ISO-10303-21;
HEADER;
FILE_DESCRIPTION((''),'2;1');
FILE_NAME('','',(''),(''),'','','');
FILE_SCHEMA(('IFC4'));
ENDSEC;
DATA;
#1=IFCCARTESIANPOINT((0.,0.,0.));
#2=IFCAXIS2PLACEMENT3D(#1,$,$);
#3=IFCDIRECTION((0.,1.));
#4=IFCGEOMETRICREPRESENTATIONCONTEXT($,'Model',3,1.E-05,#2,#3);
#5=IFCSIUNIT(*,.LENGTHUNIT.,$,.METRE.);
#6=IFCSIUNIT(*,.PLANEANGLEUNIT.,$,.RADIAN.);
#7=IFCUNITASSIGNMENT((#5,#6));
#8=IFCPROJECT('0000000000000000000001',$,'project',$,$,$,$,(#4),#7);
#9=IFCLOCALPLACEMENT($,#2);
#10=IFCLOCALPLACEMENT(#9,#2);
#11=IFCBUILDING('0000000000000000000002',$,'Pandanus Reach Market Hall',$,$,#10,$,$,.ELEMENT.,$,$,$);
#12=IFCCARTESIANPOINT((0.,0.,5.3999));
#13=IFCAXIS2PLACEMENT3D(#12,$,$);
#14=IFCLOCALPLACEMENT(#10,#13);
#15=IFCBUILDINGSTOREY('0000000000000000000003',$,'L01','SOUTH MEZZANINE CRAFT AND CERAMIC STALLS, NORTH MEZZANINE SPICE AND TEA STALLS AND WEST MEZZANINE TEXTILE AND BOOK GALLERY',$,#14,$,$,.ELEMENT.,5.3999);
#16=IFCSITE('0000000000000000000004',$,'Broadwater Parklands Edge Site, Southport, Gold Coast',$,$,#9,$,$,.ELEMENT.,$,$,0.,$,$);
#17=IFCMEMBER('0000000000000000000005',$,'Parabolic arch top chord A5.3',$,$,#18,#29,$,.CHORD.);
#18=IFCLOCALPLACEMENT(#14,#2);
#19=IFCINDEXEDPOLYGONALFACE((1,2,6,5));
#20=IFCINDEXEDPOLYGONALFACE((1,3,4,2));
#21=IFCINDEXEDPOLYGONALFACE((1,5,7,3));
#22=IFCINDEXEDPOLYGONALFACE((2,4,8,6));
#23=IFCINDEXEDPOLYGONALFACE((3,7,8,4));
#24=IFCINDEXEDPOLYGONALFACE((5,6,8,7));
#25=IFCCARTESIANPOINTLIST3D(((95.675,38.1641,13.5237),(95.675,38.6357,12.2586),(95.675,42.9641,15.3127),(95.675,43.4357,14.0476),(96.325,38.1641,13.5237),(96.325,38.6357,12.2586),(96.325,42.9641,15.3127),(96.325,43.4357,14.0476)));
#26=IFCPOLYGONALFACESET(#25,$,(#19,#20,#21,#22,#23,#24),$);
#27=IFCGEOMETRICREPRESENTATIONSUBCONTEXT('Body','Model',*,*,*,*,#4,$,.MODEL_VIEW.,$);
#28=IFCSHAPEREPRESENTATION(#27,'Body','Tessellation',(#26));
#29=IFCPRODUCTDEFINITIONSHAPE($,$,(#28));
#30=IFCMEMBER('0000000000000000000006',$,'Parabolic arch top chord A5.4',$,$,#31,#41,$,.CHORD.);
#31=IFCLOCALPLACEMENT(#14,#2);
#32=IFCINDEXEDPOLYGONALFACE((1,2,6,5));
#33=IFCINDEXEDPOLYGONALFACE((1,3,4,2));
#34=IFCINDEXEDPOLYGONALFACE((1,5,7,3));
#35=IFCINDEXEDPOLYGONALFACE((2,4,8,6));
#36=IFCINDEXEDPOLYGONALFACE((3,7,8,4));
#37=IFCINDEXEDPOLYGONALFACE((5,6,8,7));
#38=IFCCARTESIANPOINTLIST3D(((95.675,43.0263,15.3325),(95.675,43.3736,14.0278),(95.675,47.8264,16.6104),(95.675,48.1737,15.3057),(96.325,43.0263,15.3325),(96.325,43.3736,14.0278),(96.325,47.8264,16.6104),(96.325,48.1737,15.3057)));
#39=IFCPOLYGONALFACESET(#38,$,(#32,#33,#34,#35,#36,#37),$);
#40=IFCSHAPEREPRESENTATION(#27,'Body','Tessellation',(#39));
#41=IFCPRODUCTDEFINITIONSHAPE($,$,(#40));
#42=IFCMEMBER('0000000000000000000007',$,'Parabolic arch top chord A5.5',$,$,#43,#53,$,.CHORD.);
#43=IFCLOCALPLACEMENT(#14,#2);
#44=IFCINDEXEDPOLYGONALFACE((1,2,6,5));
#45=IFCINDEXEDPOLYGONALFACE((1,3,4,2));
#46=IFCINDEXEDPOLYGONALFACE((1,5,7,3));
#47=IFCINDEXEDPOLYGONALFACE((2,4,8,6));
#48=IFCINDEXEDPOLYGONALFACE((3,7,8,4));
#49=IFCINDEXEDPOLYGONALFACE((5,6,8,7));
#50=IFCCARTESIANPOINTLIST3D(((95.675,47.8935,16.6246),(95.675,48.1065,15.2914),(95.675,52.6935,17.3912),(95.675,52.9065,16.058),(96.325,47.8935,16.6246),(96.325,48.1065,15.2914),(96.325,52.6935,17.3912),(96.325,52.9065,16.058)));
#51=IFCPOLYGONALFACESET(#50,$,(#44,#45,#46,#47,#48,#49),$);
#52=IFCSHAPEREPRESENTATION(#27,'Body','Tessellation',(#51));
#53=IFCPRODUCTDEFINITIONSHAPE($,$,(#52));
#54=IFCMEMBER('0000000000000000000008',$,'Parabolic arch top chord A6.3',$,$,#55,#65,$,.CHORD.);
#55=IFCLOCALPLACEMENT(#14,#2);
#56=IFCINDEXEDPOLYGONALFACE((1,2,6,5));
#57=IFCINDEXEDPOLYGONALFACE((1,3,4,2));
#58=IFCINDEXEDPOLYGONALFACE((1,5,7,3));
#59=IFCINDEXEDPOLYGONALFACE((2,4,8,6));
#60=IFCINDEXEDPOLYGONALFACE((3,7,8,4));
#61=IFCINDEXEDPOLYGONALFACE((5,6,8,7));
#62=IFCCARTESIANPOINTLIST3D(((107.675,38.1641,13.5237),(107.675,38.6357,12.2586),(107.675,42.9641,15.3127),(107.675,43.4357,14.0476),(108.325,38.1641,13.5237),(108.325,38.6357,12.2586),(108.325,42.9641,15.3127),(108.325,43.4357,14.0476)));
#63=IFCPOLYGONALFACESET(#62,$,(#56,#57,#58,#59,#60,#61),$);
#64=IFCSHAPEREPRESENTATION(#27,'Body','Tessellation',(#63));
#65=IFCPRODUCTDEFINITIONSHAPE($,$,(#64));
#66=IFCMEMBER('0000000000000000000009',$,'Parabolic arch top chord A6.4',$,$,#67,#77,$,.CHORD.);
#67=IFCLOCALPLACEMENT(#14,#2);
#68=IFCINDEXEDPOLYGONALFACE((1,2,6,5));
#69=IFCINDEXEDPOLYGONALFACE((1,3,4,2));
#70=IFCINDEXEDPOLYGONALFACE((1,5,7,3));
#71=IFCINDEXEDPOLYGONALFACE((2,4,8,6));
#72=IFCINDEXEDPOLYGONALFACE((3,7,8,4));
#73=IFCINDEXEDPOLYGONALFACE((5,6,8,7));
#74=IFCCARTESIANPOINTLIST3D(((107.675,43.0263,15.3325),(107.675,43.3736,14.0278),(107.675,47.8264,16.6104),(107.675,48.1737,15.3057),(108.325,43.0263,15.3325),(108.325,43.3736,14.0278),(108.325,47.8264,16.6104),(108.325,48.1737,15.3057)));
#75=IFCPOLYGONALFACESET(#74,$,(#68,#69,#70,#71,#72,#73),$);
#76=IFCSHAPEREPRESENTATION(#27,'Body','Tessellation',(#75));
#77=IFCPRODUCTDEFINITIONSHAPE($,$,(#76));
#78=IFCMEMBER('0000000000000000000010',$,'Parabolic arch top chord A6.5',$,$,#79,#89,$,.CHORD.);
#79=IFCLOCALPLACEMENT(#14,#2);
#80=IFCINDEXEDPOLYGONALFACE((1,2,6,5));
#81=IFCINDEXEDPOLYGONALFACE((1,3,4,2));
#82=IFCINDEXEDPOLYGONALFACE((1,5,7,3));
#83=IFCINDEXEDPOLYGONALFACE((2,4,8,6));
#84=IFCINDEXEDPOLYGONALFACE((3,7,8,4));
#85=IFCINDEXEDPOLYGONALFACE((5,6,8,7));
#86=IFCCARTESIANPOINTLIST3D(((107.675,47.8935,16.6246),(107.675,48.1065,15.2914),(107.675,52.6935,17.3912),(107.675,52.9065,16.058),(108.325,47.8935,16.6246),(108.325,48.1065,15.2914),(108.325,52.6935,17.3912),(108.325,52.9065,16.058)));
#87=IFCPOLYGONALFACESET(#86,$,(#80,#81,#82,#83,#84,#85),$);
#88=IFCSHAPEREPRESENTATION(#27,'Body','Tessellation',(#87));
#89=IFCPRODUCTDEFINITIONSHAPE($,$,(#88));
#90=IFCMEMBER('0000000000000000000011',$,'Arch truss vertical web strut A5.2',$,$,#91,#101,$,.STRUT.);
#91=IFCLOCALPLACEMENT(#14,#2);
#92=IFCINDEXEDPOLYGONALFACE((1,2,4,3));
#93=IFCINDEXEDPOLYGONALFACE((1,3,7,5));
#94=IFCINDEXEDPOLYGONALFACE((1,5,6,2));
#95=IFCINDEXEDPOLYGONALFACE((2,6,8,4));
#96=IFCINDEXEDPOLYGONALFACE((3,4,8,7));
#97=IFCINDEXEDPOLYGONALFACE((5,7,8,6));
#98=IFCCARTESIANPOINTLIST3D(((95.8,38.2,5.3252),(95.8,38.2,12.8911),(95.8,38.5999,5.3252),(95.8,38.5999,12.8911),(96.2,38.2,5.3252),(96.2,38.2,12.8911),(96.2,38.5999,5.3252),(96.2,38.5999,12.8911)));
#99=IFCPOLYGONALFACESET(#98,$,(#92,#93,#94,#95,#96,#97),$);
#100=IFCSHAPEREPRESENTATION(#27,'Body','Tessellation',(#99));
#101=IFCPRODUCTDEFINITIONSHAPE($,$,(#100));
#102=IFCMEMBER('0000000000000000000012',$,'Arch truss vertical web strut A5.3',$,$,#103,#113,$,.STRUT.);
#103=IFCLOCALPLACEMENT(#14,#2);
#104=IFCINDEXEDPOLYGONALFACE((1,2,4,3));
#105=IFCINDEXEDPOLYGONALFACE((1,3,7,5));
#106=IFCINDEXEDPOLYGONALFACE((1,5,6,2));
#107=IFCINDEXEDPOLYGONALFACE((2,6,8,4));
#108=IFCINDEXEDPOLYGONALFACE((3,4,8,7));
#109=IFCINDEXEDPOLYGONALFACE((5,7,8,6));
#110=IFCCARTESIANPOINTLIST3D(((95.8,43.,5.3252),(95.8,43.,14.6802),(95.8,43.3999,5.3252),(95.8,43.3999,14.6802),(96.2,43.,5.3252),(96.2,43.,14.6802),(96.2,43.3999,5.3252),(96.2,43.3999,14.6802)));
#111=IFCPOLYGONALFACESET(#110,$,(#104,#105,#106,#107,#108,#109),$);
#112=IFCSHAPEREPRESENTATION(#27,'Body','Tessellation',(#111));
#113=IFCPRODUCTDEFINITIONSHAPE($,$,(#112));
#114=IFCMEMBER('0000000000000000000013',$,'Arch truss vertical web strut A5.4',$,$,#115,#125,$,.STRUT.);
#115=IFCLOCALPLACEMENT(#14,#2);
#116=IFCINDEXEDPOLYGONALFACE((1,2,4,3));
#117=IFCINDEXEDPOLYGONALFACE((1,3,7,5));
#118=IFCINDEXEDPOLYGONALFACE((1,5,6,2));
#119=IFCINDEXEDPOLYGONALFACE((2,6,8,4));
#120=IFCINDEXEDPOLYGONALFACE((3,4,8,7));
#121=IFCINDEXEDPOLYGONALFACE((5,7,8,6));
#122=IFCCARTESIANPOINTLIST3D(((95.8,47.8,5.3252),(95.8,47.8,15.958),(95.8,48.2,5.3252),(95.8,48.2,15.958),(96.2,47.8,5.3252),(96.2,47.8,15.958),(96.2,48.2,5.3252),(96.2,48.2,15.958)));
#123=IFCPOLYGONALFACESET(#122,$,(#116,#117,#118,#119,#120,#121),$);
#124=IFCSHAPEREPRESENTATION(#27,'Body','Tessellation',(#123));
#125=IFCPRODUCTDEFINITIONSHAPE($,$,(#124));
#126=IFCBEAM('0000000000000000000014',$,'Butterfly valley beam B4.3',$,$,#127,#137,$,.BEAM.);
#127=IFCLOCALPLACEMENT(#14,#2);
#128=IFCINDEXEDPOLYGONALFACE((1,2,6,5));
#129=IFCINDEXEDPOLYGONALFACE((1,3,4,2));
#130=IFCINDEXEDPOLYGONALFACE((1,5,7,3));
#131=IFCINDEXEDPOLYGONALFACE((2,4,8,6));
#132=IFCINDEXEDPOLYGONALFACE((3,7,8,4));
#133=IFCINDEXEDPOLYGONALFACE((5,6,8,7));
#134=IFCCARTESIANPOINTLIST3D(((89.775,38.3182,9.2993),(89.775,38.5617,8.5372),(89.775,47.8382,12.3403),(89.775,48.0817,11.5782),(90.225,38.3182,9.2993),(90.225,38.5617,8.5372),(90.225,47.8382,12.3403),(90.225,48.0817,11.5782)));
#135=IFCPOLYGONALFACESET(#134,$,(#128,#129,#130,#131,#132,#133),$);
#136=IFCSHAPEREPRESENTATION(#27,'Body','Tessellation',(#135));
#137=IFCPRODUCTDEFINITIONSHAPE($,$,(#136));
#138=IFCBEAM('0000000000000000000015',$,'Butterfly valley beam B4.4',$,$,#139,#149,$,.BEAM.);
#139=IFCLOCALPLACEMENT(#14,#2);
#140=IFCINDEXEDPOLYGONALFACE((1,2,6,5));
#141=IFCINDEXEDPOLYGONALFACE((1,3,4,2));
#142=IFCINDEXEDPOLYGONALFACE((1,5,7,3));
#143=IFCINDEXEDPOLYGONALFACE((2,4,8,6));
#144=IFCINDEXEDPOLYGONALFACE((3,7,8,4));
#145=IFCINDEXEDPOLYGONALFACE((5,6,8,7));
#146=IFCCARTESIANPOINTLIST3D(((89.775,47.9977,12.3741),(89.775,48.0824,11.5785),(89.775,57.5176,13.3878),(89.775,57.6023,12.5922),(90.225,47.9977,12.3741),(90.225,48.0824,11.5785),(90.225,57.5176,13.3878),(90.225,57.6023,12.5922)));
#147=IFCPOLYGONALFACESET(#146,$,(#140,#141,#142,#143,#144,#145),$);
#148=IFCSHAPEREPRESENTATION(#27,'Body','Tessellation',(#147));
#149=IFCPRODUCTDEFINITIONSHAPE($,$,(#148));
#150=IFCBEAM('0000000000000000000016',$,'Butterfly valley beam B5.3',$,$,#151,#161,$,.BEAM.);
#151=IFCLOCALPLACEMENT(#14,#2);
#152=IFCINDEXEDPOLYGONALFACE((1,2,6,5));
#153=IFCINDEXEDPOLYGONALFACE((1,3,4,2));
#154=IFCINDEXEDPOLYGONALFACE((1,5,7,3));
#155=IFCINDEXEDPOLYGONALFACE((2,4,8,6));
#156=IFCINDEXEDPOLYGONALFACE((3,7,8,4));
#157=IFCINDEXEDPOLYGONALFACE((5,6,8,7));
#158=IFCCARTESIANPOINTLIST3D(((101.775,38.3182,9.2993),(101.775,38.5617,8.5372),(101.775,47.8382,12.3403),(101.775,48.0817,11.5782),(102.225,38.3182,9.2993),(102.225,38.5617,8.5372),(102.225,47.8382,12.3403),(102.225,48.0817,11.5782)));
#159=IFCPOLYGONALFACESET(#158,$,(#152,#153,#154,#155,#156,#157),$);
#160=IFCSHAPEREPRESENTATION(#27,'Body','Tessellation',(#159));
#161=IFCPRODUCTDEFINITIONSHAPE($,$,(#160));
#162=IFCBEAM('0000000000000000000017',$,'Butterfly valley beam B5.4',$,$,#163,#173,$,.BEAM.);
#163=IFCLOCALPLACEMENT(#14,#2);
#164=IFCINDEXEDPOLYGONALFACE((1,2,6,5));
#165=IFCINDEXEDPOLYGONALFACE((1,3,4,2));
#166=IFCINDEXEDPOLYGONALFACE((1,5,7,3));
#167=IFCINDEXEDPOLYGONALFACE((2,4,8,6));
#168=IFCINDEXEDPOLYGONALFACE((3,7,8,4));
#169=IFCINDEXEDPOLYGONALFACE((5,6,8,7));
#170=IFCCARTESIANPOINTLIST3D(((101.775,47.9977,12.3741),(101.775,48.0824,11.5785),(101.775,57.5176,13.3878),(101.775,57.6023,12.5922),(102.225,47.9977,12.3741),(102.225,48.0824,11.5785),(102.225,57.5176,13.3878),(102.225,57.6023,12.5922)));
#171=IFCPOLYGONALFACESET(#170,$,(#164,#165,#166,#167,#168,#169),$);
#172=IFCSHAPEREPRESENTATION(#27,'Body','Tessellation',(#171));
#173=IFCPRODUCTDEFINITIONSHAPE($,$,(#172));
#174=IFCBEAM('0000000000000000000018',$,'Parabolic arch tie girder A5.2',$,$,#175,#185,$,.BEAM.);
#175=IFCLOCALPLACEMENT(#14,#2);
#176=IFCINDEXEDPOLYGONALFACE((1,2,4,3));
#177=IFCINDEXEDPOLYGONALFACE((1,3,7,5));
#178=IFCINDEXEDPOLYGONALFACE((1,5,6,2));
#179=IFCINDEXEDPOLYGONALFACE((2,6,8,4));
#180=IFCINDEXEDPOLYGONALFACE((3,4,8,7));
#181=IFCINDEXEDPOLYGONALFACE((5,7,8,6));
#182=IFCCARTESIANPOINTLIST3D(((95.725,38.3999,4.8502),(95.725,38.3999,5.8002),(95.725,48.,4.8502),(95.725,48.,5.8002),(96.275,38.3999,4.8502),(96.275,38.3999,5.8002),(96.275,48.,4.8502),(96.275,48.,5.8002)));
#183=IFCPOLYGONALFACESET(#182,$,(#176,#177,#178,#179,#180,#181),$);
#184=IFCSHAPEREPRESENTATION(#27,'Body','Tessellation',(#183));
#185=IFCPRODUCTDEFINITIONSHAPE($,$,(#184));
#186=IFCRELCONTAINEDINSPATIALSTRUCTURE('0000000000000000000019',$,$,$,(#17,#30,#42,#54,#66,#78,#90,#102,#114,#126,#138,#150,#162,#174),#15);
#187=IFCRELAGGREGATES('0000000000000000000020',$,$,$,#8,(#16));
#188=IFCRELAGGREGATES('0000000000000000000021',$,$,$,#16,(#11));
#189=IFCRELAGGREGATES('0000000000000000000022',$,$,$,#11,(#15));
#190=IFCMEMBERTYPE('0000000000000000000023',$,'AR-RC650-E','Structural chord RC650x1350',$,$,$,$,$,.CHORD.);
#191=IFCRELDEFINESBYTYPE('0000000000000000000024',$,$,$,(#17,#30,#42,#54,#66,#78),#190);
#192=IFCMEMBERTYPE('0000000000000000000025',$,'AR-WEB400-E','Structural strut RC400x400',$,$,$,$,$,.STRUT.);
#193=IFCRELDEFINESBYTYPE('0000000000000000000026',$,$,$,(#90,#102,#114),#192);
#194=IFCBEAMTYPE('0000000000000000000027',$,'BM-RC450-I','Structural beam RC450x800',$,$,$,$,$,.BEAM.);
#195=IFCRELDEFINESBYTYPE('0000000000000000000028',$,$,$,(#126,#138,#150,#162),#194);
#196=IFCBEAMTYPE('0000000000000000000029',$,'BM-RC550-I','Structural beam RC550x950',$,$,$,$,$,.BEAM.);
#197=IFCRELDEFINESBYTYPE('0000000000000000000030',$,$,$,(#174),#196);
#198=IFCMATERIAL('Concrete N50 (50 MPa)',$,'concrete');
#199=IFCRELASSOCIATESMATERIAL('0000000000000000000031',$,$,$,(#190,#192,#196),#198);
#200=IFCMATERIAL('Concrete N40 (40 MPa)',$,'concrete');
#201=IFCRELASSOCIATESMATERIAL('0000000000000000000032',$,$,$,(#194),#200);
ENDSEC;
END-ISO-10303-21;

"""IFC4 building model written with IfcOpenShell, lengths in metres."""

from ifc_helpers import new_model, si_unit, direction, frame, origin, origin_2d, place, context, subcontext, project, spatial, rectangle, extrude, material, material_profile, profile_set, type_object, element, save


model = new_model("IFC4")

# Units and contexts
model_context = context("Model", 3, precision=1e-05, world=origin(), true_north=direction((0.0, 1.0)))
body_context = subcontext(model_context, "Body", "Model", "MODEL_VIEW")
ifc_project = project(units=[si_unit("LENGTHUNIT", "METRE"), si_unit("PLANEANGLEUNIT", "RADIAN")], contexts=[model_context])

# Site, building, storey
site_placement = place(None, origin())
site = spatial("IfcSite", under=ifc_project, at=site_placement, Name="Broadwater Parklands Edge Site, Southport, Gold Coast", CompositionType="ELEMENT", RefElevation=0.0)
building_placement = place(site_placement, origin())
building = spatial("IfcBuilding", under=site, at=building_placement, Name="Pandanus Reach Market Hall", CompositionType="ELEMENT")
storey_placement = place(building_placement, frame((0.0, 0.0, 5.3999)))
storey = spatial("IfcBuildingStorey", under=building, at=storey_placement, Name="L01", Description="SOUTH MEZZANINE CRAFT AND CERAMIC STALLS, NORTH MEZZANINE SPICE AND TEA STALLS AND WEST MEZZANINE TEXTILE AND BOOK GALLERY", CompositionType="ELEMENT", Elevation=5.3999)

# Members
ifc_material_1 = material(Name="Concrete N50 (50 MPa)", Category="concrete")
ifc_material_profile_1 = material_profile(ifc_material_1, rectangle(XDim=0.6499, YDim=1.3501, at=origin_2d()), Name="RC650x1350", Category="LoadBearing")
ifc_profile_set_1 = profile_set([ifc_material_profile_1], Name="Concrete N50 (50 MPa)")
member_type_1 = type_object("IfcMemberType", Name="AR-RC650-E", Description="Structural chord RC650x1350", PredefinedType="CHORD", material=ifc_profile_set_1)
member_1_placement = place(storey_placement, frame((96.0, 38.3999, 12.8911), z_axis=(0.0, 0.93703, 0.349248), x_axis=(-1.0, 0.0, 0.0)))
element("IfcMember", 1, at=member_1_placement, inside=storey, type_object=member_type_1, Name="Parabolic arch top chord A5.3", PredefinedType="CHORD", context=body_context, shape_type="SweptSolid", body=[
    extrude(rectangle(XDim=0.6499, YDim=1.3501, at=origin_2d()), origin(), (0.0, 0.0, 1.0), 5.1226),
])
member_2_placement = place(storey_placement, frame((96.0, 43.2, 14.6802), z_axis=(0.0, 0.966344, 0.257253), x_axis=(-1.0, 0.0, 0.0)))
element("IfcMember", 2, at=member_2_placement, inside=storey, type_object=member_type_1, Name="Parabolic arch top chord A5.4", PredefinedType="CHORD", context=body_context, shape_type="SweptSolid", body=[
    extrude(rectangle(XDim=0.6499, YDim=1.3501, at=origin_2d()), origin(), (0.0, 0.0, 1.0), 4.9673),
])
member_3_placement = place(storey_placement, frame((96.0, 48.0, 15.958), z_axis=(0.0, 0.987486, 0.157708), x_axis=(-1.0, 0.0, 0.0)))
element("IfcMember", 3, at=member_3_placement, inside=storey, type_object=member_type_1, Name="Parabolic arch top chord A5.5", PredefinedType="CHORD", context=body_context, shape_type="SweptSolid", body=[
    extrude(rectangle(XDim=0.6499, YDim=1.3501, at=origin_2d()), origin(), (0.0, 0.0, 1.0), 4.8608),
])
member_4_placement = place(storey_placement, frame((108.0, 38.3999, 12.8911), z_axis=(0.0, 0.93703, 0.349248), x_axis=(-1.0, 0.0, 0.0)))
element("IfcMember", 4, at=member_4_placement, inside=storey, type_object=member_type_1, Name="Parabolic arch top chord A6.3", PredefinedType="CHORD", context=body_context, shape_type="SweptSolid", body=[
    extrude(rectangle(XDim=0.6499, YDim=1.3501, at=origin_2d()), origin(), (0.0, 0.0, 1.0), 5.1226),
])
member_5_placement = place(storey_placement, frame((108.0, 43.2, 14.6802), z_axis=(0.0, 0.966344, 0.257253), x_axis=(-1.0, 0.0, 0.0)))
element("IfcMember", 5, at=member_5_placement, inside=storey, type_object=member_type_1, Name="Parabolic arch top chord A6.4", PredefinedType="CHORD", context=body_context, shape_type="SweptSolid", body=[
    extrude(rectangle(XDim=0.6499, YDim=1.3501, at=origin_2d()), origin(), (0.0, 0.0, 1.0), 4.9673),
])
member_6_placement = place(storey_placement, frame((108.0, 48.0, 15.958), z_axis=(0.0, 0.987486, 0.157708), x_axis=(-1.0, 0.0, 0.0)))
element("IfcMember", 6, at=member_6_placement, inside=storey, type_object=member_type_1, Name="Parabolic arch top chord A6.5", PredefinedType="CHORD", context=body_context, shape_type="SweptSolid", body=[
    extrude(rectangle(XDim=0.6499, YDim=1.3501, at=origin_2d()), origin(), (0.0, 0.0, 1.0), 4.8608),
])
ifc_material_profile_2 = material_profile(ifc_material_1, rectangle(XDim=0.3999, YDim=0.3999, at=origin_2d()), Name="RC400x400", Category="LoadBearing")
ifc_profile_set_2 = profile_set([ifc_material_profile_2], Name="Concrete N50 (50 MPa)")
member_type_2 = type_object("IfcMemberType", Name="AR-WEB400-E", Description="Structural strut RC400x400", PredefinedType="STRUT", material=ifc_profile_set_2)
member_7_placement = place(storey_placement, frame((96.0, 38.3999, 5.3252), z_axis=(0.0, 0.0, 1.0), x_axis=(1.0, 0.0, 0.0)))
element("IfcMember", 7, at=member_7_placement, inside=storey, type_object=member_type_2, Name="Arch truss vertical web strut A5.2", PredefinedType="STRUT", context=body_context, shape_type="SweptSolid", body=[
    extrude(rectangle(XDim=0.3999, YDim=0.3999, at=origin_2d()), origin(), (0.0, 0.0, 1.0), 7.5659),
])
member_8_placement = place(storey_placement, frame((96.0, 43.2, 5.3252), z_axis=(0.0, 0.0, 1.0), x_axis=(1.0, 0.0, 0.0)))
element("IfcMember", 8, at=member_8_placement, inside=storey, type_object=member_type_2, Name="Arch truss vertical web strut A5.3", PredefinedType="STRUT", context=body_context, shape_type="SweptSolid", body=[
    extrude(rectangle(XDim=0.3999, YDim=0.3999, at=origin_2d()), origin(), (0.0, 0.0, 1.0), 9.355),
])
member_9_placement = place(storey_placement, frame((96.0, 48.0, 5.3252), z_axis=(0.0, 0.0, 1.0), x_axis=(1.0, 0.0, 0.0)))
element("IfcMember", 9, at=member_9_placement, inside=storey, type_object=member_type_2, Name="Arch truss vertical web strut A5.4", PredefinedType="STRUT", context=body_context, shape_type="SweptSolid", body=[
    extrude(rectangle(XDim=0.3999, YDim=0.3999, at=origin_2d()), origin(), (0.0, 0.0, 1.0), 10.6328),
])

# Beams
ifc_material_2 = material(Name="Concrete N40 (40 MPa)", Category="concrete")
ifc_material_profile_3 = material_profile(ifc_material_2, rectangle(XDim=0.45, YDim=0.8, at=origin_2d()), Name="RC450x800", Category="LoadBearing")
ifc_profile_set_3 = profile_set([ifc_material_profile_3], Name="Concrete N40 (40 MPa)")
beam_type_1 = type_object("IfcBeamType", Name="BM-RC450-I", Description="Structural beam RC450x800", PredefinedType="BEAM", material=ifc_profile_set_3)
beam_1_placement = place(storey_placement, frame((90.0, 38.4399, 8.9182), z_axis=(0.0, 0.952581, 0.304286), x_axis=(-1.0, 0.0, 0.0)))
element("IfcBeam", 10, at=beam_1_placement, inside=storey, type_object=beam_type_1, Name="Butterfly valley beam B4.3", PredefinedType="BEAM", context=body_context, shape_type="SweptSolid", body=[
    extrude(rectangle(XDim=0.45, YDim=0.8, at=origin_2d()), origin(), (0.0, 0.0, 1.0), 9.9939),
])
beam_2_placement = place(storey_placement, frame((90.0, 48.04, 11.9763), z_axis=(0.0, 0.994379, 0.105879), x_axis=(-1.0, 0.0, 0.0)))
element("IfcBeam", 11, at=beam_2_placement, inside=storey, type_object=beam_type_1, Name="Butterfly valley beam B4.4", PredefinedType="BEAM", context=body_context, shape_type="SweptSolid", body=[
    extrude(rectangle(XDim=0.45, YDim=0.8, at=origin_2d()), origin(), (0.0, 0.0, 1.0), 9.5737),
])
beam_3_placement = place(storey_placement, frame((102.0, 38.4399, 8.9182), z_axis=(0.0, 0.952581, 0.304286), x_axis=(-1.0, 0.0, 0.0)))
element("IfcBeam", 12, at=beam_3_placement, inside=storey, type_object=beam_type_1, Name="Butterfly valley beam B5.3", PredefinedType="BEAM", context=body_context, shape_type="SweptSolid", body=[
    extrude(rectangle(XDim=0.45, YDim=0.8, at=origin_2d()), origin(), (0.0, 0.0, 1.0), 9.9939),
])
beam_4_placement = place(storey_placement, frame((102.0, 48.04, 11.9763), z_axis=(0.0, 0.994379, 0.105879), x_axis=(-1.0, 0.0, 0.0)))
element("IfcBeam", 13, at=beam_4_placement, inside=storey, type_object=beam_type_1, Name="Butterfly valley beam B5.4", PredefinedType="BEAM", context=body_context, shape_type="SweptSolid", body=[
    extrude(rectangle(XDim=0.45, YDim=0.8, at=origin_2d()), origin(), (0.0, 0.0, 1.0), 9.5737),
])
ifc_material_profile_4 = material_profile(ifc_material_1, rectangle(XDim=0.55, YDim=0.95, at=origin_2d()), Name="RC550x950", Category="LoadBearing")
ifc_profile_set_4 = profile_set([ifc_material_profile_4], Name="Concrete N50 (50 MPa)")
beam_type_2 = type_object("IfcBeamType", Name="BM-RC550-I", Description="Structural beam RC550x950", PredefinedType="BEAM", material=ifc_profile_set_4)
for number, where, z_axis, x_axis, name in (
    (14, (96.0, 38.3999, 5.3252), (0.0, 1.0, 0.0), (-1.0, 0.0, 0.0), "Parabolic arch tie girder A5.2"),
):
    element("IfcBeam", number, at=place(storey_placement, frame(where, z_axis=z_axis, x_axis=x_axis)), inside=storey, type_object=beam_type_2, Name=name, PredefinedType="BEAM", context=body_context, shape_type="SweptSolid", body=[
        extrude(rectangle(XDim=0.55, YDim=0.95, at=origin_2d()), origin(), (0.0, 0.0, 1.0), 9.6001),
    ])

save(model, "model.ifc")
